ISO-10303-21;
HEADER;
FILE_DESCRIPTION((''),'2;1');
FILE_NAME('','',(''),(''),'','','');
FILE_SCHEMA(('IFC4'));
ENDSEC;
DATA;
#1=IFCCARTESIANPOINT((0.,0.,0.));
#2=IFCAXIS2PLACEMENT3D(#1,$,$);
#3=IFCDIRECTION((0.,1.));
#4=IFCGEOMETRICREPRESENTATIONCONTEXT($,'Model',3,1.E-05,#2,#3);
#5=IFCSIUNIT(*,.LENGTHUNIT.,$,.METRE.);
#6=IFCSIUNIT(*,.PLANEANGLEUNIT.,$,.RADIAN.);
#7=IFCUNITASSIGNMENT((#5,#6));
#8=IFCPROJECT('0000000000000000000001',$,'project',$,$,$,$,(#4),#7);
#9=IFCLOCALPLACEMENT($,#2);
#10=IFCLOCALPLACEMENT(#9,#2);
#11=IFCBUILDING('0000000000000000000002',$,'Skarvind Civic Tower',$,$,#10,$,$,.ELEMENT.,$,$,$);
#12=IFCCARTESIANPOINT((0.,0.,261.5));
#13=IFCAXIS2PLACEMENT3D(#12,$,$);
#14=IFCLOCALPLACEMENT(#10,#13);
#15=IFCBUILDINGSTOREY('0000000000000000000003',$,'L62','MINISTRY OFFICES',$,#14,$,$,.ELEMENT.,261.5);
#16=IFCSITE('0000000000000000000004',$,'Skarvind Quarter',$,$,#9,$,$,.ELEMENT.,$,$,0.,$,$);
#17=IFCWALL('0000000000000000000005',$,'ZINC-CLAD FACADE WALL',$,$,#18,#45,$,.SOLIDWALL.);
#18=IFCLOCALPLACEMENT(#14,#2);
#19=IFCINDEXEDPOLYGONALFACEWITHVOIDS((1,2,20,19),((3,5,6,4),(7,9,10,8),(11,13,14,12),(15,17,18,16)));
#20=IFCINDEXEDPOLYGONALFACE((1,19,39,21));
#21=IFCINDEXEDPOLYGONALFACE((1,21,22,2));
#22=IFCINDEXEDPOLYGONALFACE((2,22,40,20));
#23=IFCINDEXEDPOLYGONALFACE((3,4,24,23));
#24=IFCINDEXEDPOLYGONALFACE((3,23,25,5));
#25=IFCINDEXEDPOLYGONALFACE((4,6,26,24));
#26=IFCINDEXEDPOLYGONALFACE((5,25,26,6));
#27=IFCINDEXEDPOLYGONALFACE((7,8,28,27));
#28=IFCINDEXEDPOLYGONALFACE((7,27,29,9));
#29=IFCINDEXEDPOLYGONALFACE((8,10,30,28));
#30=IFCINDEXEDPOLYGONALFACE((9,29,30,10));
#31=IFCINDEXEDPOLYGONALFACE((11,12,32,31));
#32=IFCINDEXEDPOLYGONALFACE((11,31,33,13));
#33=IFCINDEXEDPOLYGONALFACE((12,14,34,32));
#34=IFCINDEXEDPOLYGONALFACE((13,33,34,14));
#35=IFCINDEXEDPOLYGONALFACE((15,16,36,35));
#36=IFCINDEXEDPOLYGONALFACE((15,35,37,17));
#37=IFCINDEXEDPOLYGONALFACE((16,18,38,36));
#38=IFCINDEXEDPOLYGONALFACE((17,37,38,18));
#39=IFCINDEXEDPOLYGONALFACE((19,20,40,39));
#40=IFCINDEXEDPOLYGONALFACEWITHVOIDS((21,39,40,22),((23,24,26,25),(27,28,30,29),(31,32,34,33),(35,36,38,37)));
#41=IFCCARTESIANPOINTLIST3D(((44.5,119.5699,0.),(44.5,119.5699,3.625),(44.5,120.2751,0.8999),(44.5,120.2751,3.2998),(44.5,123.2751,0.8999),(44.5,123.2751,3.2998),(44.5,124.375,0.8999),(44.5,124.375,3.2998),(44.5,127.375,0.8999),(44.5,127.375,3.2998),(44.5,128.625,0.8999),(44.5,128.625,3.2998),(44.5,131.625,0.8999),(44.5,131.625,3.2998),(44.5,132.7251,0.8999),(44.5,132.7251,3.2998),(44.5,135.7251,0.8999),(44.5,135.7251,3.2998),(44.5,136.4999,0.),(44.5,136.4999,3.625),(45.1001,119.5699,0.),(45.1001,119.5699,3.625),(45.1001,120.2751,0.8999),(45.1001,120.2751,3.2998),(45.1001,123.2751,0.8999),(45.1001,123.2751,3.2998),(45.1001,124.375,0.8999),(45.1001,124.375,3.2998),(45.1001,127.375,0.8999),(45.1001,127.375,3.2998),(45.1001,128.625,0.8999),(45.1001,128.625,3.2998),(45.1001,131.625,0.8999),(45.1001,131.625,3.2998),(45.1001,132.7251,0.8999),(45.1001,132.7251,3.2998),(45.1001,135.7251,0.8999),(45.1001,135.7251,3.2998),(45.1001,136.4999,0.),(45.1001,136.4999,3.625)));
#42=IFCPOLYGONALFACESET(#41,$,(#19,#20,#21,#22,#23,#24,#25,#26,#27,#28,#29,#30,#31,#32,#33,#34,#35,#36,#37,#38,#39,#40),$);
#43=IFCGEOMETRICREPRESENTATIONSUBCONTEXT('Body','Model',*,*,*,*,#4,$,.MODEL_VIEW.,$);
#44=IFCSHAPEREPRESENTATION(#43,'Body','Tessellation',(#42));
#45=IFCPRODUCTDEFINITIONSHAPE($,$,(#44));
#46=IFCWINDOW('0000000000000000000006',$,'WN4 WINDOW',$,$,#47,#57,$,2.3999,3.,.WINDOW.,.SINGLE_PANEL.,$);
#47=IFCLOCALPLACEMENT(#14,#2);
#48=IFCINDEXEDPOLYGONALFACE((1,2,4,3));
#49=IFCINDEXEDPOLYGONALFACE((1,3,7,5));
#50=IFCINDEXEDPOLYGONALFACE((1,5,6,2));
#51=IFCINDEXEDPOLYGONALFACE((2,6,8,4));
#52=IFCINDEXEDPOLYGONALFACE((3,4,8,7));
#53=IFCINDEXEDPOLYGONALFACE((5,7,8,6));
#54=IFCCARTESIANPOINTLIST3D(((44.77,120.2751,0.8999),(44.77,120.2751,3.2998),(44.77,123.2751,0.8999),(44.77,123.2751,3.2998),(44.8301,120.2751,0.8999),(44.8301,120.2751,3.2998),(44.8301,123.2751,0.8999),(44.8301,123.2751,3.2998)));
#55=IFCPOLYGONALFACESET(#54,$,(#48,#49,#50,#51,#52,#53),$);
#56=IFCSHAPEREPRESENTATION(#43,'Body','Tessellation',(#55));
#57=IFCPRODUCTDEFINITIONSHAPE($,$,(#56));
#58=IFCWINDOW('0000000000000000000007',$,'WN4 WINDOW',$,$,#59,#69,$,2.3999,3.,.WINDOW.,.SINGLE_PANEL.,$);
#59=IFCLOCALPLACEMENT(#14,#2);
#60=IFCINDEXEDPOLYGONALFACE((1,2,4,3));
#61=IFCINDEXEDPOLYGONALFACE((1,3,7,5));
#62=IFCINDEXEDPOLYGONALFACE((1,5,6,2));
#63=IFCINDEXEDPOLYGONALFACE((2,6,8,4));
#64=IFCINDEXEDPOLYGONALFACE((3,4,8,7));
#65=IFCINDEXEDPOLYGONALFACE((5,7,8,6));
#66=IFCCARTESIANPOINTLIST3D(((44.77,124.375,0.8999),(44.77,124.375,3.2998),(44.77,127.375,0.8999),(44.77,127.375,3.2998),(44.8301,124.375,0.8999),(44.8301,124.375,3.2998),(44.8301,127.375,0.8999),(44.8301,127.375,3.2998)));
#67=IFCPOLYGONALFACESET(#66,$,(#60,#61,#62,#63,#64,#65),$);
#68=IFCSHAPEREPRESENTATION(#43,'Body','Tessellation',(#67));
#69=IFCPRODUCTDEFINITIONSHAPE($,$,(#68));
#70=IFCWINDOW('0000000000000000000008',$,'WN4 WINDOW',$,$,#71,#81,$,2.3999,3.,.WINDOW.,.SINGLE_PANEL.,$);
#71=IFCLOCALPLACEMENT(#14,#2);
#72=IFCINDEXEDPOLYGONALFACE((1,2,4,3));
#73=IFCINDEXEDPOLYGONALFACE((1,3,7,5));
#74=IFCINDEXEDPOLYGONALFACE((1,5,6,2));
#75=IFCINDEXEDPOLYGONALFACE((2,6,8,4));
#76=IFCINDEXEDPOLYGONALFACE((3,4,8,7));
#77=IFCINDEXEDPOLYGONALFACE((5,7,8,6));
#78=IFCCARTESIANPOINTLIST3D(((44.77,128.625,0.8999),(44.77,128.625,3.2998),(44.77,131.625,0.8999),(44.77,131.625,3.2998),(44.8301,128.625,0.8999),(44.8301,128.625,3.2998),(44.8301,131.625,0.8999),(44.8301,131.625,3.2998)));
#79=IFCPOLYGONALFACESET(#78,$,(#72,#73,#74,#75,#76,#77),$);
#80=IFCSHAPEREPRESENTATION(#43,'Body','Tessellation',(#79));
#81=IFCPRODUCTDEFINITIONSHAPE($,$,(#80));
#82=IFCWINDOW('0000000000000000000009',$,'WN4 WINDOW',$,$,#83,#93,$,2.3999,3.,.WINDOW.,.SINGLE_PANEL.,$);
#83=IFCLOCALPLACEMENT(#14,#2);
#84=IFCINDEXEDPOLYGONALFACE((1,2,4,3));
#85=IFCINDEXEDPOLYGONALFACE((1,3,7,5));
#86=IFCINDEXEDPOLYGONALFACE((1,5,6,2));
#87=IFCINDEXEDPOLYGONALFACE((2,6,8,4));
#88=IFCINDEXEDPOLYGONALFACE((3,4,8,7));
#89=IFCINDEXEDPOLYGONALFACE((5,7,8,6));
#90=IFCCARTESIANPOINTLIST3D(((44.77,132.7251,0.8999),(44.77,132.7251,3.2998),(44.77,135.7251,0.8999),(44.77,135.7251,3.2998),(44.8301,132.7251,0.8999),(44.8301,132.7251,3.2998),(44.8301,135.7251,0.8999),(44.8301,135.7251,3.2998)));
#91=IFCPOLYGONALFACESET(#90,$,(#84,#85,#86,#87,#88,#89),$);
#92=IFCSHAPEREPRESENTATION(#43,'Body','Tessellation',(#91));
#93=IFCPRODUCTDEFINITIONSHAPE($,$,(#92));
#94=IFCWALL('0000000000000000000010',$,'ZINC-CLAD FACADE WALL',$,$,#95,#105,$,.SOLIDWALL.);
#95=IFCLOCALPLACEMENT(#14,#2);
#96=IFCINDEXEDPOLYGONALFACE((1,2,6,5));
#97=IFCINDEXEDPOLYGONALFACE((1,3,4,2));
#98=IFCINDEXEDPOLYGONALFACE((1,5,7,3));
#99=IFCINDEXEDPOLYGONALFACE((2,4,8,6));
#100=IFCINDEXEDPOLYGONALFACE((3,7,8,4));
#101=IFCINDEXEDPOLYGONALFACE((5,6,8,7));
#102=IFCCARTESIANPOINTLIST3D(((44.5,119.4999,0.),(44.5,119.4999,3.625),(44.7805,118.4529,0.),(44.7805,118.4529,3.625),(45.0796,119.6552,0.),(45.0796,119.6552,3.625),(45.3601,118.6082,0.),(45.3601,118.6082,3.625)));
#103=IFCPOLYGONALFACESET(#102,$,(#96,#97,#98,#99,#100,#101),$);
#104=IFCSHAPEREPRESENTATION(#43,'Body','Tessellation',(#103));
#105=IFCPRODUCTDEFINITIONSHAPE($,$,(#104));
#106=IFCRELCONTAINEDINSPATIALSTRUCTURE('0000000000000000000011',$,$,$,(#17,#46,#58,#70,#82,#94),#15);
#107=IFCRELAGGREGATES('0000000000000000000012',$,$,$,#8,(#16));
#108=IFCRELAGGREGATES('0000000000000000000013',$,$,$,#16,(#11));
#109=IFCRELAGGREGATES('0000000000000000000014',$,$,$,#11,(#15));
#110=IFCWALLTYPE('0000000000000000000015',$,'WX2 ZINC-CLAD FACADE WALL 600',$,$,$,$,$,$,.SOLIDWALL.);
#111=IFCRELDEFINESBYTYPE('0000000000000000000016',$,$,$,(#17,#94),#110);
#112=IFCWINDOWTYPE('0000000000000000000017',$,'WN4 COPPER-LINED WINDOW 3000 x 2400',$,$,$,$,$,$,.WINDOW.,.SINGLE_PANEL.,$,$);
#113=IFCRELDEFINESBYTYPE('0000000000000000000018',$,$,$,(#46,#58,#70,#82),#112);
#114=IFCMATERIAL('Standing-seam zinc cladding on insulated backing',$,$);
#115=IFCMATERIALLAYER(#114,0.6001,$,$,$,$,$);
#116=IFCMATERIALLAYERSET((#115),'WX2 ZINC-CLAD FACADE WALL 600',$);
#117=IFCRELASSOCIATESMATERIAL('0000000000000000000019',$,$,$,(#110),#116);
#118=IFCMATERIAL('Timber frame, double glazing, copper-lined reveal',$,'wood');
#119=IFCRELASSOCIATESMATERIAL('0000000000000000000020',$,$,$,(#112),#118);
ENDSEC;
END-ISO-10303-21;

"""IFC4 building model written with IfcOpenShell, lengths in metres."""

from ifc_helpers import new_model, si_unit, direction, frame, frame_2d, origin, place, context, subcontext, project, spatial, rectangle, extrude, material, layer, layer_set, type_object, element, fill, save


model = new_model("IFC4")

# Units and contexts
model_context = context("Model", 3, precision=1e-05, world=origin(), true_north=direction((0.0, 1.0)))
body_context = subcontext(model_context, "Body", "Model", "MODEL_VIEW")
ifc_project = project(units=[si_unit("LENGTHUNIT", "METRE"), si_unit("PLANEANGLEUNIT", "RADIAN")], contexts=[model_context])

# Site, building, storey
site_placement = place(None, origin())
site = spatial("IfcSite", under=ifc_project, at=site_placement, Name="Skarvind Quarter", CompositionType="ELEMENT", RefElevation=0.0)
building_placement = place(site_placement, origin())
building = spatial("IfcBuilding", under=site, at=building_placement, Name="Skarvind Civic Tower", CompositionType="ELEMENT")
storey_placement = place(building_placement, frame((0.0, 0.0, 261.5)))
storey = spatial("IfcBuildingStorey", under=building, at=storey_placement, Name="L62", Description="MINISTRY OFFICES", CompositionType="ELEMENT", Elevation=261.5)

# Wall, openings, windows
ifc_material_1 = material(Name="Standing-seam zinc cladding on insulated backing")
ifc_layer_1 = layer(ifc_material_1, 0.6001)
ifc_layer_set_1 = layer_set([ifc_layer_1], Name="WX2 ZINC-CLAD FACADE WALL 600")
wall_type_1 = type_object("IfcWallType", Name="WX2 ZINC-CLAD FACADE WALL 600", PredefinedType="SOLIDWALL", material=ifc_layer_set_1)
wall_1_placement = place(storey_placement, frame((44.8, 119.5701, 0.0), z_axis=(0.0, 0.0, 1.0), x_axis=(0.0, 1.0, 0.0)))
wall_1 = element("IfcWall", 1, at=wall_1_placement, inside=storey, type_object=wall_type_1, Name="ZINC-CLAD FACADE WALL", PredefinedType="SOLIDWALL", context=body_context, shape_type="SweptSolid", body=[
    extrude(rectangle(XDim=16.9299, YDim=0.6001, at=frame_2d((8.4648, 0.0))), origin(), (0.0, 0.0, 1.0), 3.625),
])
opening_1_placement = place(wall_1_placement, frame((0.7051, 0.0, 0.8999)))
opening_1 = element("IfcOpeningElement", 2, at=opening_1_placement, cuts=wall_1, PredefinedType="OPENING", context=body_context, shape_type="SweptSolid", body=[
    extrude(rectangle(XDim=3.0, YDim=2.3999, at=frame_2d((1.5, 1.2))), frame((0.0, 0.3101, 0.0), z_axis=(0.0, -1.0, 0.0), x_axis=(1.0, 0.0, 0.0)), (0.0, 0.0, 1.0), 0.6201),
])
opening_2_placement = place(wall_1_placement, frame((4.8049, 0.0, 0.8999)))
opening_2 = element("IfcOpeningElement", 3, at=opening_2_placement, cuts=wall_1, PredefinedType="OPENING", context=body_context, shape_type="SweptSolid", body=[
    extrude(rectangle(XDim=3.0, YDim=2.3999, at=frame_2d((1.5, 1.2))), frame((0.0, 0.3101, 0.0), z_axis=(0.0, -1.0, 0.0), x_axis=(1.0, 0.0, 0.0)), (0.0, 0.0, 1.0), 0.6201),
])
opening_3_placement = place(wall_1_placement, frame((9.0549, 0.0, 0.8999)))
opening_3 = element("IfcOpeningElement", 4, at=opening_3_placement, cuts=wall_1, PredefinedType="OPENING", context=body_context, shape_type="SweptSolid", body=[
    extrude(rectangle(XDim=3.0, YDim=2.3999, at=frame_2d((1.5, 1.2))), frame((0.0, 0.3101, 0.0), z_axis=(0.0, -1.0, 0.0), x_axis=(1.0, 0.0, 0.0)), (0.0, 0.0, 1.0), 0.6201),
])
opening_4_placement = place(wall_1_placement, frame((13.155, 0.0, 0.8999)))
opening_4 = element("IfcOpeningElement", 5, at=opening_4_placement, cuts=wall_1, PredefinedType="OPENING", context=body_context, shape_type="SweptSolid", body=[
    extrude(rectangle(XDim=3.0, YDim=2.3999, at=frame_2d((1.5, 1.2))), frame((0.0, 0.3101, 0.0), z_axis=(0.0, -1.0, 0.0), x_axis=(1.0, 0.0, 0.0)), (0.0, 0.0, 1.0), 0.6201),
])
ifc_material_2 = material(Name="Timber frame, double glazing, copper-lined reveal", Category="wood")
window_type = type_object("IfcWindowType", Name="WN4 COPPER-LINED WINDOW 3000 x 2400", PartitioningType="SINGLE_PANEL", PredefinedType="WINDOW", material=ifc_material_2)
window_1_placement = place(opening_1_placement, origin())
window_1 = element("IfcWindow", 6, at=window_1_placement, inside=storey, type_object=window_type, Name="WN4 WINDOW", OverallHeight=2.3999, OverallWidth=3.0, PartitioningType="SINGLE_PANEL", PredefinedType="WINDOW", context=body_context, shape_type="SweptSolid", body=[
    extrude(rectangle(XDim=3.0, YDim=2.3999, at=frame_2d((1.5, 1.2))), frame((0.0, 0.03, 0.0), z_axis=(0.0, -1.0, 0.0), x_axis=(1.0, 0.0, 0.0)), (0.0, 0.0, 1.0), 0.0601),
])
fill(opening_1, window_1)
window_2_placement = place(opening_2_placement, origin())
window_2 = element("IfcWindow", 7, at=window_2_placement, inside=storey, type_object=window_type, Name="WN4 WINDOW", OverallHeight=2.3999, OverallWidth=3.0, PartitioningType="SINGLE_PANEL", PredefinedType="WINDOW", context=body_context, shape_type="SweptSolid", body=[
    extrude(rectangle(XDim=3.0, YDim=2.3999, at=frame_2d((1.5, 1.2))), frame((0.0, 0.03, 0.0), z_axis=(0.0, -1.0, 0.0), x_axis=(1.0, 0.0, 0.0)), (0.0, 0.0, 1.0), 0.0601),
])
fill(opening_2, window_2)
window_3_placement = place(opening_3_placement, origin())
window_3 = element("IfcWindow", 8, at=window_3_placement, inside=storey, type_object=window_type, Name="WN4 WINDOW", OverallHeight=2.3999, OverallWidth=3.0, PartitioningType="SINGLE_PANEL", PredefinedType="WINDOW", context=body_context, shape_type="SweptSolid", body=[
    extrude(rectangle(XDim=3.0, YDim=2.3999, at=frame_2d((1.5, 1.2))), frame((0.0, 0.03, 0.0), z_axis=(0.0, -1.0, 0.0), x_axis=(1.0, 0.0, 0.0)), (0.0, 0.0, 1.0), 0.0601),
])
fill(opening_3, window_3)
window_4_placement = place(opening_4_placement, origin())
window_4 = element("IfcWindow", 9, at=window_4_placement, inside=storey, type_object=window_type, Name="WN4 WINDOW", OverallHeight=2.3999, OverallWidth=3.0, PartitioningType="SINGLE_PANEL", PredefinedType="WINDOW", context=body_context, shape_type="SweptSolid", body=[
    extrude(rectangle(XDim=3.0, YDim=2.3999, at=frame_2d((1.5, 1.2))), frame((0.0, 0.03, 0.0), z_axis=(0.0, -1.0, 0.0), x_axis=(1.0, 0.0, 0.0)), (0.0, 0.0, 1.0), 0.0601),
])
fill(opening_4, window_4)

# Wall
wall_2_placement = place(storey_placement, frame((45.0703, 118.5305, 0.0), z_axis=(0.0, 0.0, 1.0), x_axis=(-0.25877, 0.965939, 0.0)))
element("IfcWall", 10, at=wall_2_placement, inside=storey, type_object=wall_type_1, Name="ZINC-CLAD FACADE WALL", PredefinedType="SOLIDWALL", context=body_context, shape_type="SweptSolid", body=[
    extrude(rectangle(XDim=1.084, YDim=0.6001, at=frame_2d((0.542, 0.0))), origin(), (0.0, 0.0, 1.0), 3.625),
])

save(model, "model.ifc")
